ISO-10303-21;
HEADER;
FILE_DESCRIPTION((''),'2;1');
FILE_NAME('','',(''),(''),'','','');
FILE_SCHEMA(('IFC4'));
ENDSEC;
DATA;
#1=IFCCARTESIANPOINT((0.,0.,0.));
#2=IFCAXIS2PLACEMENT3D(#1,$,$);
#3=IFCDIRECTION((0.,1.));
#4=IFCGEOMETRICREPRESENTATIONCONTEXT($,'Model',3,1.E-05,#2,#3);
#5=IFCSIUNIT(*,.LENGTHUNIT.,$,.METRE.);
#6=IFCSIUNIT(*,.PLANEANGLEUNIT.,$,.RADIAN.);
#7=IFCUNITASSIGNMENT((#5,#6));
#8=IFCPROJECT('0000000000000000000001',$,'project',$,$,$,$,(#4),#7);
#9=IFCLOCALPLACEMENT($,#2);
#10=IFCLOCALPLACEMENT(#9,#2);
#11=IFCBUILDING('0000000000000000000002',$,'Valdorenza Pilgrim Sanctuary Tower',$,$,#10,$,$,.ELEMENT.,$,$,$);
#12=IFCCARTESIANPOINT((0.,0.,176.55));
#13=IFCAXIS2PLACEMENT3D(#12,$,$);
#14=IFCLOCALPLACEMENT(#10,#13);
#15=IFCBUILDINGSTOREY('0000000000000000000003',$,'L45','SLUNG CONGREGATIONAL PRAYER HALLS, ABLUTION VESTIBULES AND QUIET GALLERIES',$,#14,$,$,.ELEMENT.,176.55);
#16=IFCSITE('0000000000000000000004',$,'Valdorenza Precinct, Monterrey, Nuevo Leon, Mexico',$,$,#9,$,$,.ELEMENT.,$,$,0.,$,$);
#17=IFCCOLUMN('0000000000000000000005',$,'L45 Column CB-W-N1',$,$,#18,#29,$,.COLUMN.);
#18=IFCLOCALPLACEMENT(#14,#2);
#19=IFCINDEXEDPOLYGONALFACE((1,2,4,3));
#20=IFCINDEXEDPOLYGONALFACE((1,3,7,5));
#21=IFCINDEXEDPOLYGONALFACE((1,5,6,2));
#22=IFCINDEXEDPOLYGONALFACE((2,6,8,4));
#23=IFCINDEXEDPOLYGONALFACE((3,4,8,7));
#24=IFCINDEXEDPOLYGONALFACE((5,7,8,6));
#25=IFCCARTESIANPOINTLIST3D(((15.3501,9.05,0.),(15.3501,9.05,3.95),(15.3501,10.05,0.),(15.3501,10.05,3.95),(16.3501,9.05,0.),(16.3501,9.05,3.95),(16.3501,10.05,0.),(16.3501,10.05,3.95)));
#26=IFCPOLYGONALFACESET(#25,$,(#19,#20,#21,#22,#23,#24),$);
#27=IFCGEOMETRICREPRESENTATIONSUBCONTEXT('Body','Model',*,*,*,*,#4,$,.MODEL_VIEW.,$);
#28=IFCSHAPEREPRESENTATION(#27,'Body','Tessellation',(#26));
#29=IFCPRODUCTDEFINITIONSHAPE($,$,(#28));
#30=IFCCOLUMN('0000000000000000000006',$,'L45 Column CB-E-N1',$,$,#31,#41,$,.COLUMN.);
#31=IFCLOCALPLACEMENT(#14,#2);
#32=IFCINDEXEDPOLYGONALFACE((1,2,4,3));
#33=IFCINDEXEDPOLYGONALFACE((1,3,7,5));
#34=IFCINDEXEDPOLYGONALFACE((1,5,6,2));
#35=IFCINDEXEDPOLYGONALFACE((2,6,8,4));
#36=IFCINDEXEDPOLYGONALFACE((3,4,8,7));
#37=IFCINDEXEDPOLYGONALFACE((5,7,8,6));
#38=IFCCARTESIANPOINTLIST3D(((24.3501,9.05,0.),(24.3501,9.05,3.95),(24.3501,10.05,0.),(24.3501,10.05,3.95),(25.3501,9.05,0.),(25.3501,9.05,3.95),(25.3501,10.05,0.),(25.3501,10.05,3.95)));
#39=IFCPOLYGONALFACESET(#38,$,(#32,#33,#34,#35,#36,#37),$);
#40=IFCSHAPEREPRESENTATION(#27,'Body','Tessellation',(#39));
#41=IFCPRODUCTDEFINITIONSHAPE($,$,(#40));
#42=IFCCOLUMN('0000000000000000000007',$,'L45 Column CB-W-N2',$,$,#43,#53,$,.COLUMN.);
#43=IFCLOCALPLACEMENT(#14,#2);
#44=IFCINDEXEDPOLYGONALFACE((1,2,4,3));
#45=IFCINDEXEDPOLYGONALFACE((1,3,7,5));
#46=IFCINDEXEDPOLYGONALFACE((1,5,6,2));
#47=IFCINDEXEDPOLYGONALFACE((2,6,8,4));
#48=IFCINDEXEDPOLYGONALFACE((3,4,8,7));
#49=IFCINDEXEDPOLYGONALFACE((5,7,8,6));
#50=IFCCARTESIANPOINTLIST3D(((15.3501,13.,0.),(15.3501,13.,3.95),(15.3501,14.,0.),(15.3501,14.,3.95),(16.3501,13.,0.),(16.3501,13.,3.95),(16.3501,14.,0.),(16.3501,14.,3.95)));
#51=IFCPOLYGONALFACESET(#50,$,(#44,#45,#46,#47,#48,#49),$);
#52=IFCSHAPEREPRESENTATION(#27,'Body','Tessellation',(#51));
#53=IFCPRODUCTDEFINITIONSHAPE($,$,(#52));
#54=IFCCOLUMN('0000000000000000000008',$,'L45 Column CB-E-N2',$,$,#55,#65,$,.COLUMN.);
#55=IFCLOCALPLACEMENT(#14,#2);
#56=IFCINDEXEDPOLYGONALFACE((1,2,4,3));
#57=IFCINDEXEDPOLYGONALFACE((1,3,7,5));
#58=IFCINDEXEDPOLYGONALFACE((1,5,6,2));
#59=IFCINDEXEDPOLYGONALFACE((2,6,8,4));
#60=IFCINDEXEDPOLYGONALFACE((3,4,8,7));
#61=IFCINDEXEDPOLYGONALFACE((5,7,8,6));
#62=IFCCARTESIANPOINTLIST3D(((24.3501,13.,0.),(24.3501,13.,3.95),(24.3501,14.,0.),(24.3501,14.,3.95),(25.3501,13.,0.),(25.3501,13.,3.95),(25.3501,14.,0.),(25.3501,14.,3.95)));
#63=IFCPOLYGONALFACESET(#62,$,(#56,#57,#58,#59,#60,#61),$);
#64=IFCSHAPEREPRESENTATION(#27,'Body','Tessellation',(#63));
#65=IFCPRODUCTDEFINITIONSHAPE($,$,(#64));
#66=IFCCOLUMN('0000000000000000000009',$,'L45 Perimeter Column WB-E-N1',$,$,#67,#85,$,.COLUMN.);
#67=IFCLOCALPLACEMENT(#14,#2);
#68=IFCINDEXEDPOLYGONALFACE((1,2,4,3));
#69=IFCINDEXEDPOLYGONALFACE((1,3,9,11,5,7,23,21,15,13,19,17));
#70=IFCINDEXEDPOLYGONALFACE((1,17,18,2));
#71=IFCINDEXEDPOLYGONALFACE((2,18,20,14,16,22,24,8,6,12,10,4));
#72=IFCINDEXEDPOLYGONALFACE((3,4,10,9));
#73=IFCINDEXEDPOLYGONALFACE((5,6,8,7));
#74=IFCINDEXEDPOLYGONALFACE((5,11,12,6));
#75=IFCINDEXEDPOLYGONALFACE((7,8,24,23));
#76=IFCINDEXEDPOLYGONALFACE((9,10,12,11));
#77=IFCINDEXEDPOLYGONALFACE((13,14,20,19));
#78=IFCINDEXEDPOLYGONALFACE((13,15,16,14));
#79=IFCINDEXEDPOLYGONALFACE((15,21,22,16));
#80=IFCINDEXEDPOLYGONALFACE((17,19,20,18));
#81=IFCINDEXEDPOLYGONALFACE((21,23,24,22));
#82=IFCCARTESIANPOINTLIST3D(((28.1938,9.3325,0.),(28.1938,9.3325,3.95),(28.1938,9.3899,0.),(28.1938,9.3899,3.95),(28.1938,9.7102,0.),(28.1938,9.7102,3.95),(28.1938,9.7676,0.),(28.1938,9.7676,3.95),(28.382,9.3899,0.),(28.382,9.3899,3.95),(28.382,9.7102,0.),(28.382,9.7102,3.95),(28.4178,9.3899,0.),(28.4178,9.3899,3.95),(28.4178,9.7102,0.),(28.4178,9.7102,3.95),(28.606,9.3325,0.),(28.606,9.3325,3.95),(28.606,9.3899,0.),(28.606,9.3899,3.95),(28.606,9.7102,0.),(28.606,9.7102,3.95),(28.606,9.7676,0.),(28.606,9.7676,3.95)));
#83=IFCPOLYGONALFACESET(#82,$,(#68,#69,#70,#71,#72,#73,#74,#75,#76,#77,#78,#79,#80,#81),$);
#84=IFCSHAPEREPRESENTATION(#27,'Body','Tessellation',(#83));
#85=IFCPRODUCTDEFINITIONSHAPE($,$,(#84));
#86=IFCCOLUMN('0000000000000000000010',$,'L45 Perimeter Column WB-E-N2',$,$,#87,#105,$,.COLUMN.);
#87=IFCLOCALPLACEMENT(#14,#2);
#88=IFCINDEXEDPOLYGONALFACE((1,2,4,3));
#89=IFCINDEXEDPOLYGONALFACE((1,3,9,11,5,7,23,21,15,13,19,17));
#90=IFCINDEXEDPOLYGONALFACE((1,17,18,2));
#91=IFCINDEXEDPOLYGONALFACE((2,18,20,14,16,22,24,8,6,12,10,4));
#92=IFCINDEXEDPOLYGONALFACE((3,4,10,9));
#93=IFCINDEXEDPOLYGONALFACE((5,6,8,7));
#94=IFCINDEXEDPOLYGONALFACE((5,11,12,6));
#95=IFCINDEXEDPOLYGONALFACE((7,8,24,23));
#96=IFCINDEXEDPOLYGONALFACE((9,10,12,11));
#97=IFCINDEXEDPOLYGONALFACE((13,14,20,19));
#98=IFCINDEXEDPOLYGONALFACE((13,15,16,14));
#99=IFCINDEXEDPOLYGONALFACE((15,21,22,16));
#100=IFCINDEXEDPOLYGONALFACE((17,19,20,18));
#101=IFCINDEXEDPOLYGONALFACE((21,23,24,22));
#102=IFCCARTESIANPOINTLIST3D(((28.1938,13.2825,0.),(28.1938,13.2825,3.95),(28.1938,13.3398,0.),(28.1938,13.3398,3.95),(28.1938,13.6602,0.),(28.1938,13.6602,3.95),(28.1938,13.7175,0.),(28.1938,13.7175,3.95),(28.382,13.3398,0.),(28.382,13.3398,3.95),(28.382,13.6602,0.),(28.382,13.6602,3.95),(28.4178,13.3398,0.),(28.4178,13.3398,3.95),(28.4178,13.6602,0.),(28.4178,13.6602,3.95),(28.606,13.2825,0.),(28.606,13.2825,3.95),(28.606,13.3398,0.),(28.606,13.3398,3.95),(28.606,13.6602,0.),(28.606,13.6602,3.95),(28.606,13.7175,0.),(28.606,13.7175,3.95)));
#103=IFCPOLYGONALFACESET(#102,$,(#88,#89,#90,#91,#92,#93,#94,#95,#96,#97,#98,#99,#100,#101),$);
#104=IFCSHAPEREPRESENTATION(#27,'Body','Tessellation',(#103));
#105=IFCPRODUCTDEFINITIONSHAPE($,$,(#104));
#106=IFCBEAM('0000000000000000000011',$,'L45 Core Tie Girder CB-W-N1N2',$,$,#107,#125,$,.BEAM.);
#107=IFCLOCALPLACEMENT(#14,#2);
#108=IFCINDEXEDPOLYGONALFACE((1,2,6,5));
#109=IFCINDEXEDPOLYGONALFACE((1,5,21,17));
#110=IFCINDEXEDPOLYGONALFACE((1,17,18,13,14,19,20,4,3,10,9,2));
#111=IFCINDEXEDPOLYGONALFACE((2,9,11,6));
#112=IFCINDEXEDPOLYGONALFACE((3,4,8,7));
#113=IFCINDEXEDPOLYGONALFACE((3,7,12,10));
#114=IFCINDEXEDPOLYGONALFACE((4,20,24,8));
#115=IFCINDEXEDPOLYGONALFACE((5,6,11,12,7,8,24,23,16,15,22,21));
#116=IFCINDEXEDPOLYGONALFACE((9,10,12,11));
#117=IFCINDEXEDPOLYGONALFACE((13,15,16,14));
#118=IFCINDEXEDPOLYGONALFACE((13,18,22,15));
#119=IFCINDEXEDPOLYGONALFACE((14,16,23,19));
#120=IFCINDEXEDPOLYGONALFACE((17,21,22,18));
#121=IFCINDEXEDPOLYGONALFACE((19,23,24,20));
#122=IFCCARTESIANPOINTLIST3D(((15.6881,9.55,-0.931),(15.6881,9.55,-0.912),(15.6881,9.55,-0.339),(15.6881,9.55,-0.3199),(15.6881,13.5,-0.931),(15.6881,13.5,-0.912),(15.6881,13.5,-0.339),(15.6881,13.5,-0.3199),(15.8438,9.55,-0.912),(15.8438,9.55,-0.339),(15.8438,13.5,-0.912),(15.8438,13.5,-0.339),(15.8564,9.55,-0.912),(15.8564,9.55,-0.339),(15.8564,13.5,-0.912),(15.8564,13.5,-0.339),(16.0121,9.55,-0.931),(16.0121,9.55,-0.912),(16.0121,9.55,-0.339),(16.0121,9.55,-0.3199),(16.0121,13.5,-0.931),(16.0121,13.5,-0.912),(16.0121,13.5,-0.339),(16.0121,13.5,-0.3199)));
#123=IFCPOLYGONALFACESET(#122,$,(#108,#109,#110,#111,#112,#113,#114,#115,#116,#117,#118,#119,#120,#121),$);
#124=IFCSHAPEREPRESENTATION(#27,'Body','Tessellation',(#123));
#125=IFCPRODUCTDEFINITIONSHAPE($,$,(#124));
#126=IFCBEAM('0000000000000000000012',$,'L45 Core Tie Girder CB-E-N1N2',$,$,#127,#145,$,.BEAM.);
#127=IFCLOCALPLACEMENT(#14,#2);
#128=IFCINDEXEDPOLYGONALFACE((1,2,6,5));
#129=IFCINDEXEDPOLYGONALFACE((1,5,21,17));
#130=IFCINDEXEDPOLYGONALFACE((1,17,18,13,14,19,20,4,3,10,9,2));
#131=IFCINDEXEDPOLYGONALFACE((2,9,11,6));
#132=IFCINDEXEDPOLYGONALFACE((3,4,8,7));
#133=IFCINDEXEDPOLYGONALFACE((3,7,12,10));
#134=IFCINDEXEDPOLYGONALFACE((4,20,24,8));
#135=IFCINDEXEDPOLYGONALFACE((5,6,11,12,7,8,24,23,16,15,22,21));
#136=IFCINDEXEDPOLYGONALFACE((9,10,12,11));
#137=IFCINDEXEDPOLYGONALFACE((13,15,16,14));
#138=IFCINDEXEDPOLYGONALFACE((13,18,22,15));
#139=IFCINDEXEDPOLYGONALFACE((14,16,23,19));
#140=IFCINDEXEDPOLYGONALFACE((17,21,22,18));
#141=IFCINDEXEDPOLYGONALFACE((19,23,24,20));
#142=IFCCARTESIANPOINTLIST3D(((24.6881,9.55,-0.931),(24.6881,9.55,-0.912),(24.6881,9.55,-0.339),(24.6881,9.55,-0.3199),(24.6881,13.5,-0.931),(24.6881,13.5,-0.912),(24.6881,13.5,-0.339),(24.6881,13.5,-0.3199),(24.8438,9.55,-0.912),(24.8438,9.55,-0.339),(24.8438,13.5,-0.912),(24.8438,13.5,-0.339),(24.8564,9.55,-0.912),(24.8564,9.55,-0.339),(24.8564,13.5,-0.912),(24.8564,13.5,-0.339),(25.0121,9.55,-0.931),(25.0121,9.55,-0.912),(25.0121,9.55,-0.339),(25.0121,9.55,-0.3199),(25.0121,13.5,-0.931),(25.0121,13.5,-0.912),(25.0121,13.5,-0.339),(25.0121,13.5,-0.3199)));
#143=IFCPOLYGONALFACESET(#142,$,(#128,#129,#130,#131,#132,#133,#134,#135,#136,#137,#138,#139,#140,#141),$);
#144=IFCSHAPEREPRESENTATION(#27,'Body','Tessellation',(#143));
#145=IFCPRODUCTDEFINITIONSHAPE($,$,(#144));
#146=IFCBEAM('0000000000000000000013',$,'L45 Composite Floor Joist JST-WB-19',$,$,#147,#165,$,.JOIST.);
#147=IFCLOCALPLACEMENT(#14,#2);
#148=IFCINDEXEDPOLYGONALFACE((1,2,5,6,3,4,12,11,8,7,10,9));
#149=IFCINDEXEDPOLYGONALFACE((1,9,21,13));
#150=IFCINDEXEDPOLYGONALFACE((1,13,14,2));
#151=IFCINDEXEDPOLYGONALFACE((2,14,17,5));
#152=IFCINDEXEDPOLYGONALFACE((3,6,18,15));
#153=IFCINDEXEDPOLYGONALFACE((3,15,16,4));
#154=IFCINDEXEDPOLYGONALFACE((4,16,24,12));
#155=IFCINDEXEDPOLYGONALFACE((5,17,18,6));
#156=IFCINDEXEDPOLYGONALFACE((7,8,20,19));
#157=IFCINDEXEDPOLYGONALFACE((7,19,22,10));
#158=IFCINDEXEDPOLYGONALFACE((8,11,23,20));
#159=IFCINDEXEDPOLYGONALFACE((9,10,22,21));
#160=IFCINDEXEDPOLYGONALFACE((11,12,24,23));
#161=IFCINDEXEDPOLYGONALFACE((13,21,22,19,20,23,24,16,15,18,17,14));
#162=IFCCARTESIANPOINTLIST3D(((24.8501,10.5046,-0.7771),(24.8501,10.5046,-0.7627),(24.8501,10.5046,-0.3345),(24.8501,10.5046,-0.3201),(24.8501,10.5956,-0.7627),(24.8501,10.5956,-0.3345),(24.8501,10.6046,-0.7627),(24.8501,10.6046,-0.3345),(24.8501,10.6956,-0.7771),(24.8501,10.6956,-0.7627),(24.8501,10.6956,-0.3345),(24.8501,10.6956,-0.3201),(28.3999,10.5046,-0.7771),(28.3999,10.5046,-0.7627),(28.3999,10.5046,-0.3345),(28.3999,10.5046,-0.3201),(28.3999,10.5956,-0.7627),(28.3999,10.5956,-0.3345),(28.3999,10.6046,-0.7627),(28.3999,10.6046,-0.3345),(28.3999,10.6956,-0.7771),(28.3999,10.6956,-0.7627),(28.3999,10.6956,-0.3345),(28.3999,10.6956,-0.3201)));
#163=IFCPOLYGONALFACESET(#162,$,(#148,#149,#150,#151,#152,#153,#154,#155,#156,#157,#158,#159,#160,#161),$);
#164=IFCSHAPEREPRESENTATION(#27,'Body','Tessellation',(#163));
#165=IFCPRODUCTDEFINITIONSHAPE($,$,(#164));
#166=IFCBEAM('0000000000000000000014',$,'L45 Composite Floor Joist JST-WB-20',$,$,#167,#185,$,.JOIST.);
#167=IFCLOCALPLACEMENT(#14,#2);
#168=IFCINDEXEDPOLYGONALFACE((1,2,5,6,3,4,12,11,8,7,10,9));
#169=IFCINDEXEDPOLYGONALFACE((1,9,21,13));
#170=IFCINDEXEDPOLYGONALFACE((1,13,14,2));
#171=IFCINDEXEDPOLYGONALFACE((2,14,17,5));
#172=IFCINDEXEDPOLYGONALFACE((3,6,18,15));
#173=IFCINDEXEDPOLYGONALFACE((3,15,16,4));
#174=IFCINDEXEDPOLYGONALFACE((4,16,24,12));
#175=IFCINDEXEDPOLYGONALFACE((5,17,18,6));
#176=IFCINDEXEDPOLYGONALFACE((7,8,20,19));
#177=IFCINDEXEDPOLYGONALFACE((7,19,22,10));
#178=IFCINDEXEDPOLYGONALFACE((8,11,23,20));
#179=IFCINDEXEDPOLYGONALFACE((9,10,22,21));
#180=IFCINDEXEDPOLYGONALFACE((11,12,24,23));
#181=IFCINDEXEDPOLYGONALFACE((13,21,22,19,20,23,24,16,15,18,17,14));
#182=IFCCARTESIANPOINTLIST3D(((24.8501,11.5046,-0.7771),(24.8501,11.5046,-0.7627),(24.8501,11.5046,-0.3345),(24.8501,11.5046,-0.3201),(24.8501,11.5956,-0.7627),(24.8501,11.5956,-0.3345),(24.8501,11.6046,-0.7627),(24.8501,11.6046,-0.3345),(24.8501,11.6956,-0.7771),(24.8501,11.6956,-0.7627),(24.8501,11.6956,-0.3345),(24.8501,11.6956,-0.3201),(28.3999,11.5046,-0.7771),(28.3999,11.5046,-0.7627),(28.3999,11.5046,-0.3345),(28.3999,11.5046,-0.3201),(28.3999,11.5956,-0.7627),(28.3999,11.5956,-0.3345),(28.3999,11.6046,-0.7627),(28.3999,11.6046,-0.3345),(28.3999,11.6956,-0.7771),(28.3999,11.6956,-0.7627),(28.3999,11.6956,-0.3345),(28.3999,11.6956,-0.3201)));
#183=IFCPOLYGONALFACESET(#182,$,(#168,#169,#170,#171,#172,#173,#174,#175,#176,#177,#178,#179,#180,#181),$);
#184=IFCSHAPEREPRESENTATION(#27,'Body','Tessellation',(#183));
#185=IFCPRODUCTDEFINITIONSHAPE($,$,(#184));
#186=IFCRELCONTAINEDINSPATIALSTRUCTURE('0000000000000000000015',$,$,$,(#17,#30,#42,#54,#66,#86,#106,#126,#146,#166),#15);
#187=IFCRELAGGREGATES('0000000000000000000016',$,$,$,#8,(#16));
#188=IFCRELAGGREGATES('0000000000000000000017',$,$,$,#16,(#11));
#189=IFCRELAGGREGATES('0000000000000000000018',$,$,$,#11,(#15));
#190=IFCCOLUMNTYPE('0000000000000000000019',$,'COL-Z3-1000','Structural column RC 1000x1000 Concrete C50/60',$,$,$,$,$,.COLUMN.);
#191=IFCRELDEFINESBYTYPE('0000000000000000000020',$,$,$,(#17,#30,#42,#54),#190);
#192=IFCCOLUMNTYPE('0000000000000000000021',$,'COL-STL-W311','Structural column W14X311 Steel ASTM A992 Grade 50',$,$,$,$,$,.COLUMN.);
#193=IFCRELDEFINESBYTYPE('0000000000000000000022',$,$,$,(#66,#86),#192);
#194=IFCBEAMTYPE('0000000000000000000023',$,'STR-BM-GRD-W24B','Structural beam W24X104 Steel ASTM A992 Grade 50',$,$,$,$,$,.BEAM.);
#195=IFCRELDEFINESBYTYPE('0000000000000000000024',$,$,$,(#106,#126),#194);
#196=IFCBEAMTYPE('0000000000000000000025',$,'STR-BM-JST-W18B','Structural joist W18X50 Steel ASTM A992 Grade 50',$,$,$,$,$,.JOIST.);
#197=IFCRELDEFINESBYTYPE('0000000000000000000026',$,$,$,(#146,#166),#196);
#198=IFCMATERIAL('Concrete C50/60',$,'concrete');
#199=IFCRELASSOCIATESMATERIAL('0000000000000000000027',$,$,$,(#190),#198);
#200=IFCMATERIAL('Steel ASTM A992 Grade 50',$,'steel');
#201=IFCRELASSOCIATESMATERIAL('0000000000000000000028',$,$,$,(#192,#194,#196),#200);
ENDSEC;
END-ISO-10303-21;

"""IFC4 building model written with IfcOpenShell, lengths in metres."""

from ifc_helpers import new_model, si_unit, direction, frame, origin, origin_2d, place, context, subcontext, project, spatial, rectangle, i_section, extrude, source, transform, mapped, material, material_profile, profile_set, type_object, element, save


model = new_model("IFC4")

# Units and contexts
model_context = context("Model", 3, precision=1e-05, world=origin(), true_north=direction((0.0, 1.0)))
body_context = subcontext(model_context, "Body", "Model", "MODEL_VIEW")
ifc_project = project(units=[si_unit("LENGTHUNIT", "METRE"), si_unit("PLANEANGLEUNIT", "RADIAN")], contexts=[model_context])

# Site, building, storey
site_placement = place(None, origin())
site = spatial("IfcSite", under=ifc_project, at=site_placement, Name="Valdorenza Precinct, Monterrey, Nuevo Leon, Mexico", CompositionType="ELEMENT", RefElevation=0.0)
building_placement = place(site_placement, origin())
building = spatial("IfcBuilding", under=site, at=building_placement, Name="Valdorenza Pilgrim Sanctuary Tower", CompositionType="ELEMENT")
storey_placement = place(building_placement, frame((0.0, 0.0, 176.55)))
storey = spatial("IfcBuildingStorey", under=building, at=storey_placement, Name="L45", Description="SLUNG CONGREGATIONAL PRAYER HALLS, ABLUTION VESTIBULES AND QUIET GALLERIES", CompositionType="ELEMENT", Elevation=176.55)

# Columns
ifc_material_1 = material(Name="Concrete C50/60", Category="concrete")
ifc_material_profile_1 = material_profile(ifc_material_1, rectangle(XDim=1.0, YDim=1.0, at=origin_2d()), Name="RC 1000x1000")
ifc_profile_set_1 = profile_set([ifc_material_profile_1], Name="Concrete C50/60")
column_type_1 = type_object("IfcColumnType", Name="COL-Z3-1000", Description="Structural column RC 1000x1000 Concrete C50/60", PredefinedType="COLUMN", material=ifc_profile_set_1)
shared_shape_1 = source(origin(), body_context, "Body", "SweptSolid", [
    extrude(rectangle(XDim=1.0, YDim=1.0, at=origin_2d()), origin(), (0.0, 0.0, 1.0), 3.95),
])
for number, where, z_axis, x_axis, name in (
    (1, (15.8501, 9.55, 0.0), (0.0, 0.0, 1.0), (1.0, 0.0, 0.0), "L45 Column CB-W-N1"),
    (2, (24.8501, 9.55, 0.0), (0.0, 0.0, 1.0), (1.0, 0.0, 0.0), "L45 Column CB-E-N1"),
    (3, (15.8501, 13.5, 0.0), (0.0, 0.0, 1.0), (1.0, 0.0, 0.0), "L45 Column CB-W-N2"),
    (4, (24.8501, 13.5, 0.0), (0.0, 0.0, 1.0), (1.0, 0.0, 0.0), "L45 Column CB-E-N2"),
):
    element("IfcColumn", number, at=place(storey_placement, frame(where, z_axis=z_axis, x_axis=x_axis)), inside=storey, type_object=column_type_1, Name=name, PredefinedType="COLUMN", context=body_context, shape_type="MappedRepresentation", body=[
        mapped(shared_shape_1, transform((0.0, 0.0, 0.0), x_axis=(1.0, 0.0, 0.0), y_axis=(0.0, 1.0, 0.0), z_axis=(0.0, 0.0, 1.0), scale=1.0)),
    ])
ifc_material_2 = material(Name="Steel ASTM A992 Grade 50", Category="steel")
ifc_material_profile_2 = material_profile(ifc_material_2, i_section(OverallWidth=0.4121, OverallDepth=0.4351, WebThickness=0.0359, FlangeThickness=0.0574, at=origin_2d()), Name="W14X311")
ifc_profile_set_2 = profile_set([ifc_material_profile_2], Name="Steel ASTM A992 Grade 50")
column_type_2 = type_object("IfcColumnType", Name="COL-STL-W311", Description="Structural column W14X311 Steel ASTM A992 Grade 50", PredefinedType="COLUMN", material=ifc_profile_set_2)
shared_shape_2 = source(origin(), body_context, "Body", "SweptSolid", [
    extrude(i_section(OverallWidth=0.4121, OverallDepth=0.4351, WebThickness=0.0359, FlangeThickness=0.0574, at=origin_2d()), origin(), (0.0, 0.0, 1.0), 3.95),
])
for number, where, z_axis, x_axis, name in (
    (5, (28.3999, 9.55, 0.0), (0.0, 0.0, 1.0), (1.0, 0.0, 0.0), "L45 Perimeter Column WB-E-N1"),
    (6, (28.3999, 13.5, 0.0), (0.0, 0.0, 1.0), (1.0, 0.0, 0.0), "L45 Perimeter Column WB-E-N2"),
):
    element("IfcColumn", number, at=place(storey_placement, frame(where, z_axis=z_axis, x_axis=x_axis)), inside=storey, type_object=column_type_2, Name=name, PredefinedType="COLUMN", context=body_context, shape_type="MappedRepresentation", body=[
        mapped(shared_shape_2, transform((0.0, 0.0, 0.0), x_axis=(1.0, 0.0, 0.0), y_axis=(0.0, 1.0, 0.0), z_axis=(0.0, 0.0, 1.0), scale=1.0)),
    ])

# Beams
ifc_material_profile_3 = material_profile(ifc_material_2, i_section(OverallWidth=0.324, OverallDepth=0.6111, WebThickness=0.0127, FlangeThickness=0.019, at=origin_2d()), Name="W24X104")
ifc_profile_set_3 = profile_set([ifc_material_profile_3], Name="Steel ASTM A992 Grade 50")
beam_type_1 = type_object("IfcBeamType", Name="STR-BM-GRD-W24B", Description="Structural beam W24X104 Steel ASTM A992 Grade 50", PredefinedType="BEAM", material=ifc_profile_set_3)
shared_shape_3 = source(origin(), body_context, "Body", "SweptSolid", [
    extrude(i_section(OverallWidth=0.324, OverallDepth=0.6111, WebThickness=0.0127, FlangeThickness=0.019, at=origin_2d()), origin(), (0.0, 0.0, 1.0), 3.95),
])
for number, where, z_axis, x_axis, name in (
    (7, (15.8501, 9.55, -0.6255), (0.0, 1.0, 0.0), (-1.0, 0.0, 0.0), "L45 Core Tie Girder CB-W-N1N2"),
    (8, (24.8501, 9.55, -0.6255), (0.0, 1.0, 0.0), (-1.0, 0.0, 0.0), "L45 Core Tie Girder CB-E-N1N2"),
):
    element("IfcBeam", number, at=place(storey_placement, frame(where, z_axis=z_axis, x_axis=x_axis)), inside=storey, type_object=beam_type_1, Name=name, PredefinedType="BEAM", context=body_context, shape_type="MappedRepresentation", body=[
        mapped(shared_shape_3, transform((0.0, 0.0, 0.0), x_axis=(1.0, 0.0, 0.0), y_axis=(0.0, 1.0, 0.0), z_axis=(0.0, 0.0, 1.0), scale=1.0)),
    ])
ifc_material_profile_4 = material_profile(ifc_material_2, i_section(OverallWidth=0.1909, OverallDepth=0.457, WebThickness=0.009, FlangeThickness=0.0144, at=origin_2d()), Name="W18X50")
ifc_profile_set_4 = profile_set([ifc_material_profile_4], Name="Steel ASTM A992 Grade 50")
beam_type_2 = type_object("IfcBeamType", Name="STR-BM-JST-W18B", Description="Structural joist W18X50 Steel ASTM A992 Grade 50", PredefinedType="JOIST", material=ifc_profile_set_4)
shared_shape_4 = source(origin(), body_context, "Body", "SweptSolid", [
    extrude(i_section(OverallWidth=0.1909, OverallDepth=0.457, WebThickness=0.009, FlangeThickness=0.0144, at=origin_2d()), origin(), (0.0, 0.0, 1.0), 3.5498),
])
for number, where, z_axis, x_axis, name in (
    (9, (24.8501, 10.6001, -0.5486), (1.0, 0.0, 0.0), (0.0, 1.0, 0.0), "L45 Composite Floor Joist JST-WB-19"),
    (10, (24.8501, 11.6001, -0.5486), (1.0, 0.0, 0.0), (0.0, 1.0, 0.0), "L45 Composite Floor Joist JST-WB-20"),
):
    element("IfcBeam", number, at=place(storey_placement, frame(where, z_axis=z_axis, x_axis=x_axis)), inside=storey, type_object=beam_type_2, Name=name, PredefinedType="JOIST", context=body_context, shape_type="MappedRepresentation", body=[
        mapped(shared_shape_4, transform((0.0, 0.0, 0.0), x_axis=(1.0, 0.0, 0.0), y_axis=(0.0, 1.0, 0.0), z_axis=(0.0, 0.0, 1.0), scale=1.0)),
    ])

save(model, "model.ifc")
